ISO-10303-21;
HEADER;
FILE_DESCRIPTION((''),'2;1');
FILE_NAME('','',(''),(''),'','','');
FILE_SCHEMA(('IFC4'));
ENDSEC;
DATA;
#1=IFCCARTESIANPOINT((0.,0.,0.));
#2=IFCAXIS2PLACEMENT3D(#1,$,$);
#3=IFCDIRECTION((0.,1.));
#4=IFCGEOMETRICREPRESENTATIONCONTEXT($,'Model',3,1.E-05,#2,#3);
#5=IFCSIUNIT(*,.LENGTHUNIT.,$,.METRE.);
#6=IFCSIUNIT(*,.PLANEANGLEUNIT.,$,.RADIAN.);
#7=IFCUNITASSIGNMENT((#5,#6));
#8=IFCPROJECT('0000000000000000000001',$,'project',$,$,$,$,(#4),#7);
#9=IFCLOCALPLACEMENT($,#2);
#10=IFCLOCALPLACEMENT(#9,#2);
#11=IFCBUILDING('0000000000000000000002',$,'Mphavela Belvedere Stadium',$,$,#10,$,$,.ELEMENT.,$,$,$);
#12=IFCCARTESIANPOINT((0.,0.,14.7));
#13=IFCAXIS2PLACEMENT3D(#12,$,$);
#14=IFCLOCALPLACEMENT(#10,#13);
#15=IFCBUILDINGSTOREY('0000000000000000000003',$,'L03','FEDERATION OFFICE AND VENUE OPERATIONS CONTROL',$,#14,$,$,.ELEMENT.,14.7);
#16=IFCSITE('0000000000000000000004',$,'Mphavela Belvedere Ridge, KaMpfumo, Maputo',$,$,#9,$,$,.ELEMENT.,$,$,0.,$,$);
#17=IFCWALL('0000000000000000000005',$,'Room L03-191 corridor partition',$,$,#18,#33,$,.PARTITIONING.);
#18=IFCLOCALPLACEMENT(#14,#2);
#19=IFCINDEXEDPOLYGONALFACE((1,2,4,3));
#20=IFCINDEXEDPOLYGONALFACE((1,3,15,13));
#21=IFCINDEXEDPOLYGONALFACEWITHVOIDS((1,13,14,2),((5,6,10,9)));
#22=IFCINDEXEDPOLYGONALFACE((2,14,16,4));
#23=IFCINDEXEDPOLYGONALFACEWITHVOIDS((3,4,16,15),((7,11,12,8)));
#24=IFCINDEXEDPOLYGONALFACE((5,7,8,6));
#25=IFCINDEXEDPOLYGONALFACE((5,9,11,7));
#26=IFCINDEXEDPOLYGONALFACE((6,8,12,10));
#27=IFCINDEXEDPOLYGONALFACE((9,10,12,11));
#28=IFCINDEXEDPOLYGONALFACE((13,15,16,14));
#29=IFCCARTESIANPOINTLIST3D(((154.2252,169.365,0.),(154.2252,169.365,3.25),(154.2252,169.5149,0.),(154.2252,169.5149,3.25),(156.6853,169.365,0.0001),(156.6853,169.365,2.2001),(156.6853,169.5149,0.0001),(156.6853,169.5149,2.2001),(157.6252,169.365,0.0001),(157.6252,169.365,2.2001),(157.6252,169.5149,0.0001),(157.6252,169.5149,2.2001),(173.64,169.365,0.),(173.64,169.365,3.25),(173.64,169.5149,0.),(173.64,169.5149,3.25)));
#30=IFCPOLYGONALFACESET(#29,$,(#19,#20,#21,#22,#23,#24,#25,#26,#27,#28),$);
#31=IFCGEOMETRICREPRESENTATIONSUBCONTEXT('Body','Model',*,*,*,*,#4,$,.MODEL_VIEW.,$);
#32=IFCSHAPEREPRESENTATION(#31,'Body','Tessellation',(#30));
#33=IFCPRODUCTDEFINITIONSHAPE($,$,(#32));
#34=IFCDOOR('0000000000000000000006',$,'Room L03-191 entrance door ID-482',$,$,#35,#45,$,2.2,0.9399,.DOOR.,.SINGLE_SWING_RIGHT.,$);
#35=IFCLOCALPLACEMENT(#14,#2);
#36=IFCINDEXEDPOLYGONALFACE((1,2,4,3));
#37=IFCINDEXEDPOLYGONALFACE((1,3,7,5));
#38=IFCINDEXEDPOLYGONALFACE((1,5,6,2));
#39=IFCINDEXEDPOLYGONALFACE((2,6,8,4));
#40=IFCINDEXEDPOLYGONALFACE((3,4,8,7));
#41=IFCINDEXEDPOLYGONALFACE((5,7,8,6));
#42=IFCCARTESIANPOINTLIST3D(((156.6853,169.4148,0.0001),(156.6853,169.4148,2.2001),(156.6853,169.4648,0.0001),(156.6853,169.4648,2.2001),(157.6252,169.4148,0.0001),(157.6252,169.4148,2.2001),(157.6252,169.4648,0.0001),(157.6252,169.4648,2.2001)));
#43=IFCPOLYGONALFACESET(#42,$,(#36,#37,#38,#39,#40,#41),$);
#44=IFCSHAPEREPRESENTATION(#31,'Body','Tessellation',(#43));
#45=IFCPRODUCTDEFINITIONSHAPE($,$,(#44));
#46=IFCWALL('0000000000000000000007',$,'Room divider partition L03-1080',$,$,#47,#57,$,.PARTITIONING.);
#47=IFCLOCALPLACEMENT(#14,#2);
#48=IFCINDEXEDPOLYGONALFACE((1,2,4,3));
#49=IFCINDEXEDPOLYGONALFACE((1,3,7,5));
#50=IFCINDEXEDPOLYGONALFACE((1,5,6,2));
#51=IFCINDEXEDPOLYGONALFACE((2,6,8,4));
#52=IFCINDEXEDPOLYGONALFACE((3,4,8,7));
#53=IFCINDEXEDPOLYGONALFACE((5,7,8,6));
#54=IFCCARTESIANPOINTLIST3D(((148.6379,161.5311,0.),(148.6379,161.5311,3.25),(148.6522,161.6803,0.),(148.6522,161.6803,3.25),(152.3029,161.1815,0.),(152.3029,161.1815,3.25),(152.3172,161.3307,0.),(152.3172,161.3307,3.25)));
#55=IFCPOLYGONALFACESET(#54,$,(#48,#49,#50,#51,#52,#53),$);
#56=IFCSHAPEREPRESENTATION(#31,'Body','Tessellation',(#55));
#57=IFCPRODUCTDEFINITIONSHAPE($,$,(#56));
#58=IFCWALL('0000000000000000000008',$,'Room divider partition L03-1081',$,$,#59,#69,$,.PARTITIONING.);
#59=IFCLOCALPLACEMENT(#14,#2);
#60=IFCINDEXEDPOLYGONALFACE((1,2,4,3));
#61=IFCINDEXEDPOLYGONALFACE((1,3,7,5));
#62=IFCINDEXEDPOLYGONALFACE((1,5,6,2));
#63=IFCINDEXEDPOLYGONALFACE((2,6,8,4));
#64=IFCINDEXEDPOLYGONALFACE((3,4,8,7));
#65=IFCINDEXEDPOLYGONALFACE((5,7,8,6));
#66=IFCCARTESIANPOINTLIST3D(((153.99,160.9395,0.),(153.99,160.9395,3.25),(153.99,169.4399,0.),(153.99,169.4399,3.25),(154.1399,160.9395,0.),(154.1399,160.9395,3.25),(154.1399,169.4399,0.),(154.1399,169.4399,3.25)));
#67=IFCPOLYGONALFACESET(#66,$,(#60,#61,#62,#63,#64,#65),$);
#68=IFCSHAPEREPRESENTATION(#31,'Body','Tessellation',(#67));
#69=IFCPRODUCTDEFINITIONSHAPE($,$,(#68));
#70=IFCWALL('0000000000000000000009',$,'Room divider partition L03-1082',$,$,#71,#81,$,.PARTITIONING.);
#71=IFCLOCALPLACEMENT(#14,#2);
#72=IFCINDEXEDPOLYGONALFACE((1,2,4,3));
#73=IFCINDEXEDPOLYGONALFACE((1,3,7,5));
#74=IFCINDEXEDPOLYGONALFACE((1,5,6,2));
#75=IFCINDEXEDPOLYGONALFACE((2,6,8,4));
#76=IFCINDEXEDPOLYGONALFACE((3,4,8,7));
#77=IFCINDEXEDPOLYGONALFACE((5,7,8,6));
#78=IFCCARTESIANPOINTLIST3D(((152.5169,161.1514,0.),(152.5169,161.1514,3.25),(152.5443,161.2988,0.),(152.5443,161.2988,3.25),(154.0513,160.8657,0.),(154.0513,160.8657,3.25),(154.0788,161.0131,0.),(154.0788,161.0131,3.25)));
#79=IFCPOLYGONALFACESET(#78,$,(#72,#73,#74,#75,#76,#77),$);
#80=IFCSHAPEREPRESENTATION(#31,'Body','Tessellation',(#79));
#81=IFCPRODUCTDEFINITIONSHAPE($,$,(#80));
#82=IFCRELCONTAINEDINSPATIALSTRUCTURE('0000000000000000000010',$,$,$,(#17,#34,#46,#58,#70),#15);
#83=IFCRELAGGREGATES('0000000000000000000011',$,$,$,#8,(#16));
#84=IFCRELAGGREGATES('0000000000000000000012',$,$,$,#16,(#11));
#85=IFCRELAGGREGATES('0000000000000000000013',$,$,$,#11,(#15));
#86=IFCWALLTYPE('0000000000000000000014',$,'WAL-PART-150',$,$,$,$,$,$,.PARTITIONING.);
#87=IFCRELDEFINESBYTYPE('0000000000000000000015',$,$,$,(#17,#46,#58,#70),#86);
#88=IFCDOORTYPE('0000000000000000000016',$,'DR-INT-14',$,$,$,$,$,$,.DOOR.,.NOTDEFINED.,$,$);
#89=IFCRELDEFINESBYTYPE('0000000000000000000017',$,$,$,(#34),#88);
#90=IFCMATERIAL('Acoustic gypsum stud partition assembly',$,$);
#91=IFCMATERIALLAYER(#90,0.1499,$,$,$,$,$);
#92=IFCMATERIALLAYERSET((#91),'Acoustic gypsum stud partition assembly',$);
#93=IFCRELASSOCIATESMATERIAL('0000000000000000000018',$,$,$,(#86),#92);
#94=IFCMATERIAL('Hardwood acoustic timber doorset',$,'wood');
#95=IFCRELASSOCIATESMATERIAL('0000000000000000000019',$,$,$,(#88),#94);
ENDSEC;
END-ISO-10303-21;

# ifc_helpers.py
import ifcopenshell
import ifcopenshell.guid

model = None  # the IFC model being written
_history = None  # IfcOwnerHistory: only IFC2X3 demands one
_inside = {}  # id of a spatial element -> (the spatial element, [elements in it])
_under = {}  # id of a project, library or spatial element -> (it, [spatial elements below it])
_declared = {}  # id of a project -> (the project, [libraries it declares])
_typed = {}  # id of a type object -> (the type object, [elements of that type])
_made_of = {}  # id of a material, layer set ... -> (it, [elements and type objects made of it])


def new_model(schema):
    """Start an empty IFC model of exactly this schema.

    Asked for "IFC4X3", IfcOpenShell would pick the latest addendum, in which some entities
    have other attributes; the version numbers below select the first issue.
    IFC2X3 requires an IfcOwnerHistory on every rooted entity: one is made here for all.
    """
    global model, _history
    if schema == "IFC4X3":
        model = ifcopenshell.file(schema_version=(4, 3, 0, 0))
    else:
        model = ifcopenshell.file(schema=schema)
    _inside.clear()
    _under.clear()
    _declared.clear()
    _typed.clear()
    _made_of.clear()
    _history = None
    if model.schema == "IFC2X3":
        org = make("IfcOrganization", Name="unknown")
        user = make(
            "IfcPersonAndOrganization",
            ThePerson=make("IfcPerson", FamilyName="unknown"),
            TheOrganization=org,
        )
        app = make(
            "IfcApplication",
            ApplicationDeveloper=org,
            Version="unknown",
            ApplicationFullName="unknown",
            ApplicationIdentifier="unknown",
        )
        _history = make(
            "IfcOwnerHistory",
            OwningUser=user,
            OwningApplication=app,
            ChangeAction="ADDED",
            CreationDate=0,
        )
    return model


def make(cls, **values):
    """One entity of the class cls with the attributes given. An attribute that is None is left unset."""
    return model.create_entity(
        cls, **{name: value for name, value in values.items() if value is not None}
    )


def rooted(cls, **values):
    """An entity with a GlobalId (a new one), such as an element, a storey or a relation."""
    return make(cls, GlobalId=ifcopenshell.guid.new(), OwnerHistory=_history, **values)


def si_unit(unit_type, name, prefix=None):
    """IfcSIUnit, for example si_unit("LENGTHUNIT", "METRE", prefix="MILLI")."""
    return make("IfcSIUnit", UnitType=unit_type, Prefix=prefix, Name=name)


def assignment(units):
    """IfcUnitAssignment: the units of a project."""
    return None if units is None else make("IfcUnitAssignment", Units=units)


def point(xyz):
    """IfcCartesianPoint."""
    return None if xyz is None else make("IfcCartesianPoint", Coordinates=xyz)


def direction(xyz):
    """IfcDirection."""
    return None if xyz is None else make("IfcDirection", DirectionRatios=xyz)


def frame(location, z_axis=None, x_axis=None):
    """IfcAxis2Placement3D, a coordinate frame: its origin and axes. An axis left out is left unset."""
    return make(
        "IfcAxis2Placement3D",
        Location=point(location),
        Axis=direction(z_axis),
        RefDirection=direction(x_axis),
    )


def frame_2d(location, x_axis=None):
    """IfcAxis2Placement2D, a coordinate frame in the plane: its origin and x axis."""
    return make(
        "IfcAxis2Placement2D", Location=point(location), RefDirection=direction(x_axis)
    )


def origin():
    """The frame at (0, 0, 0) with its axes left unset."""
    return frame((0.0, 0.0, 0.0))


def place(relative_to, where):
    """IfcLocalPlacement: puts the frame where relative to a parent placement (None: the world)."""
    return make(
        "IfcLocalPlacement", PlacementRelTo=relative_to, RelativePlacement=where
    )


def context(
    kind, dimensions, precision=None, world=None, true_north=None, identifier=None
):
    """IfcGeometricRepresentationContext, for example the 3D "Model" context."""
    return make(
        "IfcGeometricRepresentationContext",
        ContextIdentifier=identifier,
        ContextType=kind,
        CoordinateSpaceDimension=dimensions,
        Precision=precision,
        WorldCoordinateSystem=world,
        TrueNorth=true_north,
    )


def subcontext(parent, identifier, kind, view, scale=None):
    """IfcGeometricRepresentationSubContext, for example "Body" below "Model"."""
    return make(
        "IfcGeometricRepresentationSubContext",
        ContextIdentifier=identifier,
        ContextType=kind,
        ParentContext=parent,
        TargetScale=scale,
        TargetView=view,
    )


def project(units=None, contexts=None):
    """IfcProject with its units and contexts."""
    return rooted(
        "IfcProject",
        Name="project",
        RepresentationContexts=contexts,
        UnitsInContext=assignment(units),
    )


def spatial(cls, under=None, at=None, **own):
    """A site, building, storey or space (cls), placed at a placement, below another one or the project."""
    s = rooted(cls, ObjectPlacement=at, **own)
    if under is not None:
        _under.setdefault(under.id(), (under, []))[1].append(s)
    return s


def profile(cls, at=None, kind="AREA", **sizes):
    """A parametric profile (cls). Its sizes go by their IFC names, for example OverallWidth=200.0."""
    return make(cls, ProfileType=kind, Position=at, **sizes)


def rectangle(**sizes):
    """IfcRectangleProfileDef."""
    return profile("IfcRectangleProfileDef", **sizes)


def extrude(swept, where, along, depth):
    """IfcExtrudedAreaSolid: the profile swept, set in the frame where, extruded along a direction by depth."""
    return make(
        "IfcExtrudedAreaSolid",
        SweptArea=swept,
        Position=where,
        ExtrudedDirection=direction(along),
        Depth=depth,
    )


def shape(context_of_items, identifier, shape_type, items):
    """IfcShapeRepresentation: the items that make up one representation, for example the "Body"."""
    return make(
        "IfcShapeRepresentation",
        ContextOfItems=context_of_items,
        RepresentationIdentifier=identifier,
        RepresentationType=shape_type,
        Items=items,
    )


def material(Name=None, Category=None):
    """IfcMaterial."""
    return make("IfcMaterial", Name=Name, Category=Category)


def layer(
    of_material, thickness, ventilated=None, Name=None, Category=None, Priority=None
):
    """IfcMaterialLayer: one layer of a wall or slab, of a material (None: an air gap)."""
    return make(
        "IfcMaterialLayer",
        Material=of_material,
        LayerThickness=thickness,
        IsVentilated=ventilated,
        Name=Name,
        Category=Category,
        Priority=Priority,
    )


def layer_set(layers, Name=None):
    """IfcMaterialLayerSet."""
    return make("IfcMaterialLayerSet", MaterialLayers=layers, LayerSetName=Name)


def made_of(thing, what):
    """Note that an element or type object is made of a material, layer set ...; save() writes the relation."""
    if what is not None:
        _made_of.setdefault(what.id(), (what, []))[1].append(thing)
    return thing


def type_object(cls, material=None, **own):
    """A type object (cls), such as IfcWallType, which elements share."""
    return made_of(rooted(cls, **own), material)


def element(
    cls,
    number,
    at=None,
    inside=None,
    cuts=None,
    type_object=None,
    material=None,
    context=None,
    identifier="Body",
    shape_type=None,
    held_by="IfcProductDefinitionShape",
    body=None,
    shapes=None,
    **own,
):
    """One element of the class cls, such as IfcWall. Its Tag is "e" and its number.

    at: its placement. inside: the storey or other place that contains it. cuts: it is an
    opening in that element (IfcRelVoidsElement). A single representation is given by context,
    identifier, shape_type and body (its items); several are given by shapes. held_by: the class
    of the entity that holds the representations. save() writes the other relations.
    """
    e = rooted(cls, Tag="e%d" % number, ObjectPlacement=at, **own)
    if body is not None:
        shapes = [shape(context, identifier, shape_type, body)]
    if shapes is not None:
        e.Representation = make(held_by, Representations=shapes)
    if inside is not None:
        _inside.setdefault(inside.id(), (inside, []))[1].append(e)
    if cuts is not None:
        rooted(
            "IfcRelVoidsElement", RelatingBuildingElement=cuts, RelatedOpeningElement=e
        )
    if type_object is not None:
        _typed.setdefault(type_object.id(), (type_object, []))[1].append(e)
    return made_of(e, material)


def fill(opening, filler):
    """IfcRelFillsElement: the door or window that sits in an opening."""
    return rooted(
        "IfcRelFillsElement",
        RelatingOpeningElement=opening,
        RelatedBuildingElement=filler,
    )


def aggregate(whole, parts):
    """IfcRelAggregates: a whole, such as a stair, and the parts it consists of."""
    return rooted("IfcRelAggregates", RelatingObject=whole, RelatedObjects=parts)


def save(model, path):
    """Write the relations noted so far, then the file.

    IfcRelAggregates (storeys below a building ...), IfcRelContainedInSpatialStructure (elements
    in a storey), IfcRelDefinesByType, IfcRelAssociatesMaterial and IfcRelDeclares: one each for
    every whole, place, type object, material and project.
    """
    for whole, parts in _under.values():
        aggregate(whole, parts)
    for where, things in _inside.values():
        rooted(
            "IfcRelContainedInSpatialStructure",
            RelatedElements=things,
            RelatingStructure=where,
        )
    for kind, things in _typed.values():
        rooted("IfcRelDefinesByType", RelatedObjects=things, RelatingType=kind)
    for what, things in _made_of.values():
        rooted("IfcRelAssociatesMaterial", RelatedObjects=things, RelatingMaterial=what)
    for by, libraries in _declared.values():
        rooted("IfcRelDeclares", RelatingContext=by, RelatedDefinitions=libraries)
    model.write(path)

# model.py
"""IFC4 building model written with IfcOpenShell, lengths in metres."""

from ifc_helpers import new_model, si_unit, direction, frame, frame_2d, origin, place, context, subcontext, project, spatial, rectangle, extrude, material, layer, layer_set, type_object, element, fill, save


model = new_model("IFC4")

# Units and contexts
model_context = context("Model", 3, precision=1e-05, world=origin(), true_north=direction((0.0, 1.0)))
body_context = subcontext(model_context, "Body", "Model", "MODEL_VIEW")
ifc_project = project(units=[si_unit("LENGTHUNIT", "METRE"), si_unit("PLANEANGLEUNIT", "RADIAN")], contexts=[model_context])

# Site, building, storey
site_placement = place(None, origin())
site = spatial("IfcSite", under=ifc_project, at=site_placement, Name="Mphavela Belvedere Ridge, KaMpfumo, Maputo", CompositionType="ELEMENT", RefElevation=0.0)
building_placement = place(site_placement, origin())
building = spatial("IfcBuilding", under=site, at=building_placement, Name="Mphavela Belvedere Stadium", CompositionType="ELEMENT")
storey_placement = place(building_placement, frame((0.0, 0.0, 14.7)))
storey = spatial("IfcBuildingStorey", under=building, at=storey_placement, Name="L03", Description="FEDERATION OFFICE AND VENUE OPERATIONS CONTROL", CompositionType="ELEMENT", Elevation=14.7)

# Wall, opening, door
ifc_material_1 = material(Name="Acoustic gypsum stud partition assembly")
ifc_layer_1 = layer(ifc_material_1, 0.1499)
ifc_layer_set_1 = layer_set([ifc_layer_1], Name="Acoustic gypsum stud partition assembly")
wall_type_1 = type_object("IfcWallType", Name="WAL-PART-150", PredefinedType="PARTITIONING", material=ifc_layer_set_1)
wall_1_placement = place(storey_placement, frame((154.2251, 169.4399, 0.0), z_axis=(0.0, 0.0, 1.0), x_axis=(1.0, 0.0, 0.0)))
wall_1 = element("IfcWall", 1, at=wall_1_placement, inside=storey, type_object=wall_type_1, Name="Room L03-191 corridor partition", PredefinedType="PARTITIONING", context=body_context, shape_type="SweptSolid", body=[
    extrude(rectangle(XDim=19.4148, YDim=0.1499, at=frame_2d((9.7075, 0.0))), origin(), (0.0, 0.0, 1.0), 3.25),
])
opening_1_placement = place(wall_1_placement, frame((2.4602, 0.0, 0.0)))
opening_1 = element("IfcOpeningElement", 2, at=opening_1_placement, cuts=wall_1, PredefinedType="OPENING", context=body_context, shape_type="SweptSolid", body=[
    extrude(rectangle(XDim=0.9399, YDim=2.2, at=frame_2d((0.47, 1.1001))), frame((0.0, 0.085, 0.0), z_axis=(0.0, -1.0, 0.0), x_axis=(1.0, 0.0, 0.0)), (0.0, 0.0, 1.0), 0.1699),
])
ifc_material_2 = material(Name="Hardwood acoustic timber doorset", Category="wood")
door_type = type_object("IfcDoorType", Name="DR-INT-14", OperationType="NOTDEFINED", PredefinedType="DOOR", material=ifc_material_2)
door_placement = place(opening_1_placement, origin())
door = element("IfcDoor", 3, at=door_placement, inside=storey, type_object=door_type, Name="Room L03-191 entrance door ID-482", OperationType="SINGLE_SWING_RIGHT", OverallHeight=2.2, OverallWidth=0.9399, PredefinedType="DOOR", context=body_context, shape_type="SweptSolid", body=[
    extrude(rectangle(XDim=0.9399, YDim=2.2, at=frame_2d((0.47, 1.1001))), frame((0.0, 0.0249, 0.0), z_axis=(0.0, -1.0, 0.0), x_axis=(1.0, 0.0, 0.0)), (0.0, 0.0, 1.0), 0.05),
])
fill(opening_1, door)

# Walls
wall_2_placement = place(storey_placement, frame((152.3101, 161.2561, 0.0), z_axis=(0.0, 0.0, 1.0), x_axis=(-0.995481, 0.094959, 0.0)))
element("IfcWall", 4, at=wall_2_placement, inside=storey, type_object=wall_type_1, Name="Room divider partition L03-1080", PredefinedType="PARTITIONING", context=body_context, shape_type="SweptSolid", body=[
    extrude(rectangle(XDim=3.6816, YDim=0.1499, at=frame_2d((1.8408, 0.0))), origin(), (0.0, 0.0, 1.0), 3.25),
])
wall_3_placement = place(storey_placement, frame((154.0649, 169.4399, 0.0), z_axis=(0.0, 0.0, 1.0), x_axis=(0.0, -1.0, 0.0)))
element("IfcWall", 5, at=wall_3_placement, inside=storey, type_object=wall_type_1, Name="Room divider partition L03-1081", PredefinedType="PARTITIONING", context=body_context, shape_type="SweptSolid", body=[
    extrude(rectangle(XDim=8.5005, YDim=0.1499, at=frame_2d((4.2502, 0.0))), origin(), (0.0, 0.0, 1.0), 3.25),
])
wall_4_placement = place(storey_placement, frame((154.0649, 160.9395, 0.0), z_axis=(0.0, 0.0, 1.0), x_axis=(-0.98311, 0.183013, 0.0)))
element("IfcWall", 6, at=wall_4_placement, inside=storey, type_object=wall_type_1, Name="Room divider partition L03-1082", PredefinedType="PARTITIONING", context=body_context, shape_type="SweptSolid", body=[
    extrude(rectangle(XDim=1.5608, YDim=0.1499, at=frame_2d((0.7803, 0.0))), origin(), (0.0, 0.0, 1.0), 3.25),
])

save(model, "model.ifc")
